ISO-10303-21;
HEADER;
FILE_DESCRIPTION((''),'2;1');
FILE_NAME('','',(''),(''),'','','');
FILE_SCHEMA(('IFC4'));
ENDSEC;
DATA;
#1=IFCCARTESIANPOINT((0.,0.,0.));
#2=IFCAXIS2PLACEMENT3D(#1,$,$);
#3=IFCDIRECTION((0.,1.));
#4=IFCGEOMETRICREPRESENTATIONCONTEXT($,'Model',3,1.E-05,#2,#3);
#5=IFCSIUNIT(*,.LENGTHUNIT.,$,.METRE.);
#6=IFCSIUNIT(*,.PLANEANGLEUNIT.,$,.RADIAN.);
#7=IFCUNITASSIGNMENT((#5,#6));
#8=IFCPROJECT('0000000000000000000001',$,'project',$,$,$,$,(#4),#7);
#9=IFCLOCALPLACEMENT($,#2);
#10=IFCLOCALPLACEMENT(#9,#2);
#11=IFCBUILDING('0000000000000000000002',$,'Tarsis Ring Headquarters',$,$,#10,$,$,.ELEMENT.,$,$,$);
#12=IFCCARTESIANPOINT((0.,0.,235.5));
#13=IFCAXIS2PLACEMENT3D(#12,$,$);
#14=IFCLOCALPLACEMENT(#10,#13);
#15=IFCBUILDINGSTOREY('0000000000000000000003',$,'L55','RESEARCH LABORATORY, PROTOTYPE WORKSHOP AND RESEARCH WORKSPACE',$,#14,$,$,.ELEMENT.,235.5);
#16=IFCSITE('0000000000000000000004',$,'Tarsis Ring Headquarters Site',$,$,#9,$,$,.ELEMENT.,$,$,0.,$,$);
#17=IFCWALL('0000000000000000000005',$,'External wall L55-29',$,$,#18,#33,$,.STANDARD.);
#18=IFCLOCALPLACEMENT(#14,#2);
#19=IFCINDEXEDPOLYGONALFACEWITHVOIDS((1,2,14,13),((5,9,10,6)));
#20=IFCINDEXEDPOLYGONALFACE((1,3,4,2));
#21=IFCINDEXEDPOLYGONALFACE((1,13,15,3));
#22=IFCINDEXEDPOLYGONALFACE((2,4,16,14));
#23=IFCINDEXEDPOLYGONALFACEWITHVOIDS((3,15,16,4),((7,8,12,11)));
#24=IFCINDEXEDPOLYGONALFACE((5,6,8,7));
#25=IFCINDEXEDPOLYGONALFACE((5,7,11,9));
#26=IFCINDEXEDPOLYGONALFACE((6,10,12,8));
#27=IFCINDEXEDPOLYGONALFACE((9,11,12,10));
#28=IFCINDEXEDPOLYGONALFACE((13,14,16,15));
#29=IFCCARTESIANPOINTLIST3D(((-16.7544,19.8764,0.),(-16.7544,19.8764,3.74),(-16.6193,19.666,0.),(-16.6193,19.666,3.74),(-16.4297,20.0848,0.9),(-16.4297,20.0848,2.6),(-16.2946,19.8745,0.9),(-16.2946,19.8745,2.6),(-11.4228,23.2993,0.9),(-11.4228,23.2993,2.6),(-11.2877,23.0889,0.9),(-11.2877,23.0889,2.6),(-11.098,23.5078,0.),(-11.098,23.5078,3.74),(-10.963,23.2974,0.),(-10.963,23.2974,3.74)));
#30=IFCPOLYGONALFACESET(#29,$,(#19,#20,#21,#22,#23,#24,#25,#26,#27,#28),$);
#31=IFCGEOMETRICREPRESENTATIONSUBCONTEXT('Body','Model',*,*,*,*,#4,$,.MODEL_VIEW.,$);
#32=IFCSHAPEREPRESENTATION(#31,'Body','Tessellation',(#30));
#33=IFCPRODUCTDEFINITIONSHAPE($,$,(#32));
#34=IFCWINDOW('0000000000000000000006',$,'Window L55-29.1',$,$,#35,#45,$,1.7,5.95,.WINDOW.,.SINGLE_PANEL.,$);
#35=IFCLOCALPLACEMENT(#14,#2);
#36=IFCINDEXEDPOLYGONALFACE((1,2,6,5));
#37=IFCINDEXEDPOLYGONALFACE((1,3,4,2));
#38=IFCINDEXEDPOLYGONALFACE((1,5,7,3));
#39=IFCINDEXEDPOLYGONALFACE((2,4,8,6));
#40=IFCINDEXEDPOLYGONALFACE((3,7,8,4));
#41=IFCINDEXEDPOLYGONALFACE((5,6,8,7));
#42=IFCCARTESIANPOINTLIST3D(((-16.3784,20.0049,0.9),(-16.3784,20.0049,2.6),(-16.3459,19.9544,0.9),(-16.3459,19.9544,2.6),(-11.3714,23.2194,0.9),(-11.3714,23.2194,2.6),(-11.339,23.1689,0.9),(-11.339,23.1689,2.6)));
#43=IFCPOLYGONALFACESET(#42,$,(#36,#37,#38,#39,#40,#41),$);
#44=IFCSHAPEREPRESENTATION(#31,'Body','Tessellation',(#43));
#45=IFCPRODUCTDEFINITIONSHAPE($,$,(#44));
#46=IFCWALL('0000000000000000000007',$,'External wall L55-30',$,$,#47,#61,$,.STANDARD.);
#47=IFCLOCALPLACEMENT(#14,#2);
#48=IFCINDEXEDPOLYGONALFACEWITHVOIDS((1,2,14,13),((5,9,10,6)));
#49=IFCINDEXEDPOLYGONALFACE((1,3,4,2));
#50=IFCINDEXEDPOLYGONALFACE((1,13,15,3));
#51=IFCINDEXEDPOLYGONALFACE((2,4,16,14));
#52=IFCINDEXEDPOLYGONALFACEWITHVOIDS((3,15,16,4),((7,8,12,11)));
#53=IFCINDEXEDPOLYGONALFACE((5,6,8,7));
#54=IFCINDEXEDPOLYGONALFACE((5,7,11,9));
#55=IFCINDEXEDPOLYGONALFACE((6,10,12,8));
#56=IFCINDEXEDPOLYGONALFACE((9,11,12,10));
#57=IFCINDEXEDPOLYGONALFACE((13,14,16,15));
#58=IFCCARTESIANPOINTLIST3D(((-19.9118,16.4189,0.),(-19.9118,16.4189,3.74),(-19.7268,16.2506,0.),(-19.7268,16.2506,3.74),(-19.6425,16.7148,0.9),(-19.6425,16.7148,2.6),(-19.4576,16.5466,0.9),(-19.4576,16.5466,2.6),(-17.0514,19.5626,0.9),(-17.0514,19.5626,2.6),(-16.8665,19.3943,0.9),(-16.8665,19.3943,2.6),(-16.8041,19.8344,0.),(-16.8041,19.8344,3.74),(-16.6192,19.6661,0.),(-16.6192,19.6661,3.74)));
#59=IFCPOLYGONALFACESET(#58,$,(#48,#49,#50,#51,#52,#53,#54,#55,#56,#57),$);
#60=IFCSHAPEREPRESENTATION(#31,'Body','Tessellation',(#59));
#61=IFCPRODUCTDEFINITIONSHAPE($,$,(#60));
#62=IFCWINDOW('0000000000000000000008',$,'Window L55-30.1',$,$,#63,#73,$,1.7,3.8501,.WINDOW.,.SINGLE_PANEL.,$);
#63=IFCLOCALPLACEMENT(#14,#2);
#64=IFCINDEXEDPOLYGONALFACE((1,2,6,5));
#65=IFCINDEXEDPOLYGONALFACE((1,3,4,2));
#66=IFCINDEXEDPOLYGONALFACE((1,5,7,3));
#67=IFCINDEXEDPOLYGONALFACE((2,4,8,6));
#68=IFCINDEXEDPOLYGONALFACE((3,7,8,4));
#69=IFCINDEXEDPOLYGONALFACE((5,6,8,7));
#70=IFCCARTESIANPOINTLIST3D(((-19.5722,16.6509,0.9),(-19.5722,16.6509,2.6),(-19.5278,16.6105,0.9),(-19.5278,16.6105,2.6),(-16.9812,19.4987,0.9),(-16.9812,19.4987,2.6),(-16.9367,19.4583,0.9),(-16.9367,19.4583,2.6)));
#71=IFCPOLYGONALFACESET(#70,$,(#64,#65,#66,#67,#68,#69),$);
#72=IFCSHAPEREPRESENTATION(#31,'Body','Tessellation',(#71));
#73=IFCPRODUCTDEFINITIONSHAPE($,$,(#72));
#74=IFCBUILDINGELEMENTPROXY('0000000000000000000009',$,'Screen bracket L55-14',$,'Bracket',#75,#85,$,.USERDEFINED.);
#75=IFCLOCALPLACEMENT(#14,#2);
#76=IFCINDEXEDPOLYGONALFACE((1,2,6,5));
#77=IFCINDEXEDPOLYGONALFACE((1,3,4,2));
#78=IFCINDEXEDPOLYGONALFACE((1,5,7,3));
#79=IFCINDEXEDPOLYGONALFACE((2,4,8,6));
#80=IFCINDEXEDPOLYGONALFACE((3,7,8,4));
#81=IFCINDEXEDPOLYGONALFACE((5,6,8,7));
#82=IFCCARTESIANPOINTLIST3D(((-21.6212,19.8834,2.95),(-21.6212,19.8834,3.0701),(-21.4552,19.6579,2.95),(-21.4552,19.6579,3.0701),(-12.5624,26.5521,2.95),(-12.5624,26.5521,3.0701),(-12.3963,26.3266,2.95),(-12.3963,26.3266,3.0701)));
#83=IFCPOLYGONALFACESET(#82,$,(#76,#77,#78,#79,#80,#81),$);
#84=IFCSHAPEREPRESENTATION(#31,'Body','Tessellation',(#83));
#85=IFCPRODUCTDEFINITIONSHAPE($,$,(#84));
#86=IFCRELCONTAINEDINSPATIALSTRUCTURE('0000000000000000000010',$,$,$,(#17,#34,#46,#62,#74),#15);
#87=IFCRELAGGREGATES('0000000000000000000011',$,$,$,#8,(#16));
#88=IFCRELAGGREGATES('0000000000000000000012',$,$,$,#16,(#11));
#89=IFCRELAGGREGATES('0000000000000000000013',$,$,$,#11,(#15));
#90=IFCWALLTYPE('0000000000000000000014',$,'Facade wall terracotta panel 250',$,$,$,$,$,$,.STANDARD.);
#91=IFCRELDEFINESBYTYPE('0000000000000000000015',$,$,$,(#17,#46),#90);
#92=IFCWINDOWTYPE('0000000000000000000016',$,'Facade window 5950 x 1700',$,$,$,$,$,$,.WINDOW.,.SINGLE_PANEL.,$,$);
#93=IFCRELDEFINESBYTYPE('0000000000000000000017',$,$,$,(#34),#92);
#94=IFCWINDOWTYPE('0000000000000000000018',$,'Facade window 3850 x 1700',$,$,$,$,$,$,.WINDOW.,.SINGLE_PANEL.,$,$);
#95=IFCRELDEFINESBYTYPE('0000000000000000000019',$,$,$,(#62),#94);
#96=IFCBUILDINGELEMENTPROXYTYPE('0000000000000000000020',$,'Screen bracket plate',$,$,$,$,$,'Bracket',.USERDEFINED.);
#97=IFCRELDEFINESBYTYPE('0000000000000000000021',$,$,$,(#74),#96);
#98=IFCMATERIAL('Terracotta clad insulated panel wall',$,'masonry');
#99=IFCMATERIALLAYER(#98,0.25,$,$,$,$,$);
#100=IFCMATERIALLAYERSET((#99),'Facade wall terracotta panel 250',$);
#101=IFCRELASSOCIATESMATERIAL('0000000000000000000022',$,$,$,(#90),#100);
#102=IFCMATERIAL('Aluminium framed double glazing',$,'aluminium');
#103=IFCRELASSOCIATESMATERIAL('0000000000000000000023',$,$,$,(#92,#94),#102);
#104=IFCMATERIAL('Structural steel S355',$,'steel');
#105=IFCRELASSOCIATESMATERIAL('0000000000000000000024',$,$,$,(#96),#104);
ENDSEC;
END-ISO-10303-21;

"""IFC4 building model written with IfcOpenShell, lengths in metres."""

from ifc_helpers import new_model, si_unit, direction, frame, frame_2d, origin, origin_2d, place, context, subcontext, project, spatial, rectangle, extrude, material, layer, layer_set, type_object, element, fill, save


model = new_model("IFC4")

# Units and contexts
model_context = context("Model", 3, precision=1e-05, world=origin(), true_north=direction((0.0, 1.0)))
body_context = subcontext(model_context, "Body", "Model", "MODEL_VIEW")
ifc_project = project(units=[si_unit("LENGTHUNIT", "METRE"), si_unit("PLANEANGLEUNIT", "RADIAN")], contexts=[model_context])

# Site, building, storey
site_placement = place(None, origin())
site = spatial("IfcSite", under=ifc_project, at=site_placement, Name="Tarsis Ring Headquarters Site", CompositionType="ELEMENT", RefElevation=0.0)
building_placement = place(site_placement, origin())
building = spatial("IfcBuilding", under=site, at=building_placement, Name="Tarsis Ring Headquarters", CompositionType="ELEMENT")
storey_placement = place(building_placement, frame((0.0, 0.0, 235.5)))
storey = spatial("IfcBuildingStorey", under=building, at=storey_placement, Name="L55", Description="RESEARCH LABORATORY, PROTOTYPE WORKSHOP AND RESEARCH WORKSPACE", CompositionType="ELEMENT", Elevation=235.5)

# Shared definitions
ifc_material_1 = material(Name="Structural steel S355", Category="steel")

# Walls, openings, windows
ifc_material_2 = material(Name="Terracotta clad insulated panel wall", Category="masonry")
ifc_layer_1 = layer(ifc_material_2, 0.25)
ifc_layer_set_1 = layer_set([ifc_layer_1], Name="Facade wall terracotta panel 250")
wall_type_1 = type_object("IfcWallType", Name="Facade wall terracotta panel 250", PredefinedType="STANDARD", material=ifc_layer_set_1)
wall_1_placement = place(storey_placement, frame((-11.0305, 23.4026, 0.0), z_axis=(0.0, 0.0, 1.0), x_axis=(-0.841504, -0.540251, 0.0)))
wall_1 = element("IfcWall", 1, at=wall_1_placement, inside=storey, type_object=wall_type_1, Name="External wall L55-29", PredefinedType="STANDARD", context=body_context, shape_type="SweptSolid", body=[
    extrude(rectangle(XDim=6.7217, YDim=0.25, at=frame_2d((3.3608, 0.0))), origin(), (0.0, 0.0, 1.0), 3.74),
])
opening_1_placement = place(wall_1_placement, frame((0.3857, 0.0, 0.8999)))
opening_1 = element("IfcOpeningElement", 2, at=opening_1_placement, cuts=wall_1, PredefinedType="OPENING", context=body_context, shape_type="SweptSolid", body=[
    extrude(rectangle(XDim=5.95, YDim=1.7, at=frame_2d((2.9751, 0.8501))), frame((0.0, 0.135, 0.0), z_axis=(0.0, -1.0, 0.0), x_axis=(1.0, 0.0, 0.0)), (0.0, 0.0, 1.0), 0.27),
])
ifc_material_3 = material(Name="Aluminium framed double glazing", Category="aluminium")
window_type_1 = type_object("IfcWindowType", Name="Facade window 5950 x 1700", PartitioningType="SINGLE_PANEL", PredefinedType="WINDOW", material=ifc_material_3)
window_1_placement = place(opening_1_placement, origin())
window_1 = element("IfcWindow", 3, at=window_1_placement, inside=storey, type_object=window_type_1, Name="Window L55-29.1", OverallHeight=1.7, OverallWidth=5.95, PartitioningType="SINGLE_PANEL", PredefinedType="WINDOW", context=body_context, shape_type="SweptSolid", body=[
    extrude(rectangle(XDim=5.95, YDim=1.7, at=frame_2d((2.9751, 0.8501))), frame((0.0, 0.03, 0.0), z_axis=(0.0, -1.0, 0.0), x_axis=(1.0, 0.0, 0.0)), (0.0, 0.0, 1.0), 0.0601),
])
fill(opening_1, window_1)
wall_2_placement = place(storey_placement, frame((-16.7117, 19.7502, 0.0), z_axis=(0.0, 0.0, 1.0), x_axis=(-0.672986, -0.739655, 0.0)))
wall_2 = element("IfcWall", 4, at=wall_2_placement, inside=storey, type_object=wall_type_1, Name="External wall L55-30", PredefinedType="STANDARD", context=body_context, shape_type="SweptSolid", body=[
    extrude(rectangle(XDim=4.6177, YDim=0.25, at=frame_2d((2.3088, 0.0))), origin(), (0.0, 0.0, 1.0), 3.74),
])
opening_2_placement = place(wall_2_placement, frame((0.3674, 0.0, 0.8999)))
opening_2 = element("IfcOpeningElement", 5, at=opening_2_placement, cuts=wall_2, PredefinedType="OPENING", context=body_context, shape_type="SweptSolid", body=[
    extrude(rectangle(XDim=3.8501, YDim=1.7, at=frame_2d((1.925, 0.8501))), frame((0.0, 0.135, 0.0), z_axis=(0.0, -1.0, 0.0), x_axis=(1.0, 0.0, 0.0)), (0.0, 0.0, 1.0), 0.27),
])
window_type_2 = type_object("IfcWindowType", Name="Facade window 3850 x 1700", PartitioningType="SINGLE_PANEL", PredefinedType="WINDOW", material=ifc_material_3)
window_2_placement = place(opening_2_placement, origin())
window_2 = element("IfcWindow", 6, at=window_2_placement, inside=storey, type_object=window_type_2, Name="Window L55-30.1", OverallHeight=1.7, OverallWidth=3.8501, PartitioningType="SINGLE_PANEL", PredefinedType="WINDOW", context=body_context, shape_type="SweptSolid", body=[
    extrude(rectangle(XDim=3.8501, YDim=1.7, at=frame_2d((1.925, 0.8501))), frame((0.0, 0.03, 0.0), z_axis=(0.0, -1.0, 0.0), x_axis=(1.0, 0.0, 0.0)), (0.0, 0.0, 1.0), 0.0601),
])
fill(opening_2, window_2)

# Building element proxy
building_element_proxy_type = type_object("IfcBuildingElementProxyType", Name="Screen bracket plate", ElementType="Bracket", PredefinedType="USERDEFINED", material=ifc_material_1)
proxy_placement = place(storey_placement, frame((-17.0088, 23.105, 2.95), z_axis=(0.0, 0.0, 1.0), x_axis=(-0.805321, -0.592839, 0.0)))
element("IfcBuildingElementProxy", 7, at=proxy_placement, inside=storey, type_object=building_element_proxy_type, Name="Screen bracket L55-14", ObjectType="Bracket", PredefinedType="USERDEFINED", context=body_context, shape_type="SweptSolid", body=[
    extrude(rectangle(XDim=11.2488, YDim=0.28, at=origin_2d()), origin(), (0.0, 0.0, 1.0), 0.1201),
])

save(model, "model.ifc")
